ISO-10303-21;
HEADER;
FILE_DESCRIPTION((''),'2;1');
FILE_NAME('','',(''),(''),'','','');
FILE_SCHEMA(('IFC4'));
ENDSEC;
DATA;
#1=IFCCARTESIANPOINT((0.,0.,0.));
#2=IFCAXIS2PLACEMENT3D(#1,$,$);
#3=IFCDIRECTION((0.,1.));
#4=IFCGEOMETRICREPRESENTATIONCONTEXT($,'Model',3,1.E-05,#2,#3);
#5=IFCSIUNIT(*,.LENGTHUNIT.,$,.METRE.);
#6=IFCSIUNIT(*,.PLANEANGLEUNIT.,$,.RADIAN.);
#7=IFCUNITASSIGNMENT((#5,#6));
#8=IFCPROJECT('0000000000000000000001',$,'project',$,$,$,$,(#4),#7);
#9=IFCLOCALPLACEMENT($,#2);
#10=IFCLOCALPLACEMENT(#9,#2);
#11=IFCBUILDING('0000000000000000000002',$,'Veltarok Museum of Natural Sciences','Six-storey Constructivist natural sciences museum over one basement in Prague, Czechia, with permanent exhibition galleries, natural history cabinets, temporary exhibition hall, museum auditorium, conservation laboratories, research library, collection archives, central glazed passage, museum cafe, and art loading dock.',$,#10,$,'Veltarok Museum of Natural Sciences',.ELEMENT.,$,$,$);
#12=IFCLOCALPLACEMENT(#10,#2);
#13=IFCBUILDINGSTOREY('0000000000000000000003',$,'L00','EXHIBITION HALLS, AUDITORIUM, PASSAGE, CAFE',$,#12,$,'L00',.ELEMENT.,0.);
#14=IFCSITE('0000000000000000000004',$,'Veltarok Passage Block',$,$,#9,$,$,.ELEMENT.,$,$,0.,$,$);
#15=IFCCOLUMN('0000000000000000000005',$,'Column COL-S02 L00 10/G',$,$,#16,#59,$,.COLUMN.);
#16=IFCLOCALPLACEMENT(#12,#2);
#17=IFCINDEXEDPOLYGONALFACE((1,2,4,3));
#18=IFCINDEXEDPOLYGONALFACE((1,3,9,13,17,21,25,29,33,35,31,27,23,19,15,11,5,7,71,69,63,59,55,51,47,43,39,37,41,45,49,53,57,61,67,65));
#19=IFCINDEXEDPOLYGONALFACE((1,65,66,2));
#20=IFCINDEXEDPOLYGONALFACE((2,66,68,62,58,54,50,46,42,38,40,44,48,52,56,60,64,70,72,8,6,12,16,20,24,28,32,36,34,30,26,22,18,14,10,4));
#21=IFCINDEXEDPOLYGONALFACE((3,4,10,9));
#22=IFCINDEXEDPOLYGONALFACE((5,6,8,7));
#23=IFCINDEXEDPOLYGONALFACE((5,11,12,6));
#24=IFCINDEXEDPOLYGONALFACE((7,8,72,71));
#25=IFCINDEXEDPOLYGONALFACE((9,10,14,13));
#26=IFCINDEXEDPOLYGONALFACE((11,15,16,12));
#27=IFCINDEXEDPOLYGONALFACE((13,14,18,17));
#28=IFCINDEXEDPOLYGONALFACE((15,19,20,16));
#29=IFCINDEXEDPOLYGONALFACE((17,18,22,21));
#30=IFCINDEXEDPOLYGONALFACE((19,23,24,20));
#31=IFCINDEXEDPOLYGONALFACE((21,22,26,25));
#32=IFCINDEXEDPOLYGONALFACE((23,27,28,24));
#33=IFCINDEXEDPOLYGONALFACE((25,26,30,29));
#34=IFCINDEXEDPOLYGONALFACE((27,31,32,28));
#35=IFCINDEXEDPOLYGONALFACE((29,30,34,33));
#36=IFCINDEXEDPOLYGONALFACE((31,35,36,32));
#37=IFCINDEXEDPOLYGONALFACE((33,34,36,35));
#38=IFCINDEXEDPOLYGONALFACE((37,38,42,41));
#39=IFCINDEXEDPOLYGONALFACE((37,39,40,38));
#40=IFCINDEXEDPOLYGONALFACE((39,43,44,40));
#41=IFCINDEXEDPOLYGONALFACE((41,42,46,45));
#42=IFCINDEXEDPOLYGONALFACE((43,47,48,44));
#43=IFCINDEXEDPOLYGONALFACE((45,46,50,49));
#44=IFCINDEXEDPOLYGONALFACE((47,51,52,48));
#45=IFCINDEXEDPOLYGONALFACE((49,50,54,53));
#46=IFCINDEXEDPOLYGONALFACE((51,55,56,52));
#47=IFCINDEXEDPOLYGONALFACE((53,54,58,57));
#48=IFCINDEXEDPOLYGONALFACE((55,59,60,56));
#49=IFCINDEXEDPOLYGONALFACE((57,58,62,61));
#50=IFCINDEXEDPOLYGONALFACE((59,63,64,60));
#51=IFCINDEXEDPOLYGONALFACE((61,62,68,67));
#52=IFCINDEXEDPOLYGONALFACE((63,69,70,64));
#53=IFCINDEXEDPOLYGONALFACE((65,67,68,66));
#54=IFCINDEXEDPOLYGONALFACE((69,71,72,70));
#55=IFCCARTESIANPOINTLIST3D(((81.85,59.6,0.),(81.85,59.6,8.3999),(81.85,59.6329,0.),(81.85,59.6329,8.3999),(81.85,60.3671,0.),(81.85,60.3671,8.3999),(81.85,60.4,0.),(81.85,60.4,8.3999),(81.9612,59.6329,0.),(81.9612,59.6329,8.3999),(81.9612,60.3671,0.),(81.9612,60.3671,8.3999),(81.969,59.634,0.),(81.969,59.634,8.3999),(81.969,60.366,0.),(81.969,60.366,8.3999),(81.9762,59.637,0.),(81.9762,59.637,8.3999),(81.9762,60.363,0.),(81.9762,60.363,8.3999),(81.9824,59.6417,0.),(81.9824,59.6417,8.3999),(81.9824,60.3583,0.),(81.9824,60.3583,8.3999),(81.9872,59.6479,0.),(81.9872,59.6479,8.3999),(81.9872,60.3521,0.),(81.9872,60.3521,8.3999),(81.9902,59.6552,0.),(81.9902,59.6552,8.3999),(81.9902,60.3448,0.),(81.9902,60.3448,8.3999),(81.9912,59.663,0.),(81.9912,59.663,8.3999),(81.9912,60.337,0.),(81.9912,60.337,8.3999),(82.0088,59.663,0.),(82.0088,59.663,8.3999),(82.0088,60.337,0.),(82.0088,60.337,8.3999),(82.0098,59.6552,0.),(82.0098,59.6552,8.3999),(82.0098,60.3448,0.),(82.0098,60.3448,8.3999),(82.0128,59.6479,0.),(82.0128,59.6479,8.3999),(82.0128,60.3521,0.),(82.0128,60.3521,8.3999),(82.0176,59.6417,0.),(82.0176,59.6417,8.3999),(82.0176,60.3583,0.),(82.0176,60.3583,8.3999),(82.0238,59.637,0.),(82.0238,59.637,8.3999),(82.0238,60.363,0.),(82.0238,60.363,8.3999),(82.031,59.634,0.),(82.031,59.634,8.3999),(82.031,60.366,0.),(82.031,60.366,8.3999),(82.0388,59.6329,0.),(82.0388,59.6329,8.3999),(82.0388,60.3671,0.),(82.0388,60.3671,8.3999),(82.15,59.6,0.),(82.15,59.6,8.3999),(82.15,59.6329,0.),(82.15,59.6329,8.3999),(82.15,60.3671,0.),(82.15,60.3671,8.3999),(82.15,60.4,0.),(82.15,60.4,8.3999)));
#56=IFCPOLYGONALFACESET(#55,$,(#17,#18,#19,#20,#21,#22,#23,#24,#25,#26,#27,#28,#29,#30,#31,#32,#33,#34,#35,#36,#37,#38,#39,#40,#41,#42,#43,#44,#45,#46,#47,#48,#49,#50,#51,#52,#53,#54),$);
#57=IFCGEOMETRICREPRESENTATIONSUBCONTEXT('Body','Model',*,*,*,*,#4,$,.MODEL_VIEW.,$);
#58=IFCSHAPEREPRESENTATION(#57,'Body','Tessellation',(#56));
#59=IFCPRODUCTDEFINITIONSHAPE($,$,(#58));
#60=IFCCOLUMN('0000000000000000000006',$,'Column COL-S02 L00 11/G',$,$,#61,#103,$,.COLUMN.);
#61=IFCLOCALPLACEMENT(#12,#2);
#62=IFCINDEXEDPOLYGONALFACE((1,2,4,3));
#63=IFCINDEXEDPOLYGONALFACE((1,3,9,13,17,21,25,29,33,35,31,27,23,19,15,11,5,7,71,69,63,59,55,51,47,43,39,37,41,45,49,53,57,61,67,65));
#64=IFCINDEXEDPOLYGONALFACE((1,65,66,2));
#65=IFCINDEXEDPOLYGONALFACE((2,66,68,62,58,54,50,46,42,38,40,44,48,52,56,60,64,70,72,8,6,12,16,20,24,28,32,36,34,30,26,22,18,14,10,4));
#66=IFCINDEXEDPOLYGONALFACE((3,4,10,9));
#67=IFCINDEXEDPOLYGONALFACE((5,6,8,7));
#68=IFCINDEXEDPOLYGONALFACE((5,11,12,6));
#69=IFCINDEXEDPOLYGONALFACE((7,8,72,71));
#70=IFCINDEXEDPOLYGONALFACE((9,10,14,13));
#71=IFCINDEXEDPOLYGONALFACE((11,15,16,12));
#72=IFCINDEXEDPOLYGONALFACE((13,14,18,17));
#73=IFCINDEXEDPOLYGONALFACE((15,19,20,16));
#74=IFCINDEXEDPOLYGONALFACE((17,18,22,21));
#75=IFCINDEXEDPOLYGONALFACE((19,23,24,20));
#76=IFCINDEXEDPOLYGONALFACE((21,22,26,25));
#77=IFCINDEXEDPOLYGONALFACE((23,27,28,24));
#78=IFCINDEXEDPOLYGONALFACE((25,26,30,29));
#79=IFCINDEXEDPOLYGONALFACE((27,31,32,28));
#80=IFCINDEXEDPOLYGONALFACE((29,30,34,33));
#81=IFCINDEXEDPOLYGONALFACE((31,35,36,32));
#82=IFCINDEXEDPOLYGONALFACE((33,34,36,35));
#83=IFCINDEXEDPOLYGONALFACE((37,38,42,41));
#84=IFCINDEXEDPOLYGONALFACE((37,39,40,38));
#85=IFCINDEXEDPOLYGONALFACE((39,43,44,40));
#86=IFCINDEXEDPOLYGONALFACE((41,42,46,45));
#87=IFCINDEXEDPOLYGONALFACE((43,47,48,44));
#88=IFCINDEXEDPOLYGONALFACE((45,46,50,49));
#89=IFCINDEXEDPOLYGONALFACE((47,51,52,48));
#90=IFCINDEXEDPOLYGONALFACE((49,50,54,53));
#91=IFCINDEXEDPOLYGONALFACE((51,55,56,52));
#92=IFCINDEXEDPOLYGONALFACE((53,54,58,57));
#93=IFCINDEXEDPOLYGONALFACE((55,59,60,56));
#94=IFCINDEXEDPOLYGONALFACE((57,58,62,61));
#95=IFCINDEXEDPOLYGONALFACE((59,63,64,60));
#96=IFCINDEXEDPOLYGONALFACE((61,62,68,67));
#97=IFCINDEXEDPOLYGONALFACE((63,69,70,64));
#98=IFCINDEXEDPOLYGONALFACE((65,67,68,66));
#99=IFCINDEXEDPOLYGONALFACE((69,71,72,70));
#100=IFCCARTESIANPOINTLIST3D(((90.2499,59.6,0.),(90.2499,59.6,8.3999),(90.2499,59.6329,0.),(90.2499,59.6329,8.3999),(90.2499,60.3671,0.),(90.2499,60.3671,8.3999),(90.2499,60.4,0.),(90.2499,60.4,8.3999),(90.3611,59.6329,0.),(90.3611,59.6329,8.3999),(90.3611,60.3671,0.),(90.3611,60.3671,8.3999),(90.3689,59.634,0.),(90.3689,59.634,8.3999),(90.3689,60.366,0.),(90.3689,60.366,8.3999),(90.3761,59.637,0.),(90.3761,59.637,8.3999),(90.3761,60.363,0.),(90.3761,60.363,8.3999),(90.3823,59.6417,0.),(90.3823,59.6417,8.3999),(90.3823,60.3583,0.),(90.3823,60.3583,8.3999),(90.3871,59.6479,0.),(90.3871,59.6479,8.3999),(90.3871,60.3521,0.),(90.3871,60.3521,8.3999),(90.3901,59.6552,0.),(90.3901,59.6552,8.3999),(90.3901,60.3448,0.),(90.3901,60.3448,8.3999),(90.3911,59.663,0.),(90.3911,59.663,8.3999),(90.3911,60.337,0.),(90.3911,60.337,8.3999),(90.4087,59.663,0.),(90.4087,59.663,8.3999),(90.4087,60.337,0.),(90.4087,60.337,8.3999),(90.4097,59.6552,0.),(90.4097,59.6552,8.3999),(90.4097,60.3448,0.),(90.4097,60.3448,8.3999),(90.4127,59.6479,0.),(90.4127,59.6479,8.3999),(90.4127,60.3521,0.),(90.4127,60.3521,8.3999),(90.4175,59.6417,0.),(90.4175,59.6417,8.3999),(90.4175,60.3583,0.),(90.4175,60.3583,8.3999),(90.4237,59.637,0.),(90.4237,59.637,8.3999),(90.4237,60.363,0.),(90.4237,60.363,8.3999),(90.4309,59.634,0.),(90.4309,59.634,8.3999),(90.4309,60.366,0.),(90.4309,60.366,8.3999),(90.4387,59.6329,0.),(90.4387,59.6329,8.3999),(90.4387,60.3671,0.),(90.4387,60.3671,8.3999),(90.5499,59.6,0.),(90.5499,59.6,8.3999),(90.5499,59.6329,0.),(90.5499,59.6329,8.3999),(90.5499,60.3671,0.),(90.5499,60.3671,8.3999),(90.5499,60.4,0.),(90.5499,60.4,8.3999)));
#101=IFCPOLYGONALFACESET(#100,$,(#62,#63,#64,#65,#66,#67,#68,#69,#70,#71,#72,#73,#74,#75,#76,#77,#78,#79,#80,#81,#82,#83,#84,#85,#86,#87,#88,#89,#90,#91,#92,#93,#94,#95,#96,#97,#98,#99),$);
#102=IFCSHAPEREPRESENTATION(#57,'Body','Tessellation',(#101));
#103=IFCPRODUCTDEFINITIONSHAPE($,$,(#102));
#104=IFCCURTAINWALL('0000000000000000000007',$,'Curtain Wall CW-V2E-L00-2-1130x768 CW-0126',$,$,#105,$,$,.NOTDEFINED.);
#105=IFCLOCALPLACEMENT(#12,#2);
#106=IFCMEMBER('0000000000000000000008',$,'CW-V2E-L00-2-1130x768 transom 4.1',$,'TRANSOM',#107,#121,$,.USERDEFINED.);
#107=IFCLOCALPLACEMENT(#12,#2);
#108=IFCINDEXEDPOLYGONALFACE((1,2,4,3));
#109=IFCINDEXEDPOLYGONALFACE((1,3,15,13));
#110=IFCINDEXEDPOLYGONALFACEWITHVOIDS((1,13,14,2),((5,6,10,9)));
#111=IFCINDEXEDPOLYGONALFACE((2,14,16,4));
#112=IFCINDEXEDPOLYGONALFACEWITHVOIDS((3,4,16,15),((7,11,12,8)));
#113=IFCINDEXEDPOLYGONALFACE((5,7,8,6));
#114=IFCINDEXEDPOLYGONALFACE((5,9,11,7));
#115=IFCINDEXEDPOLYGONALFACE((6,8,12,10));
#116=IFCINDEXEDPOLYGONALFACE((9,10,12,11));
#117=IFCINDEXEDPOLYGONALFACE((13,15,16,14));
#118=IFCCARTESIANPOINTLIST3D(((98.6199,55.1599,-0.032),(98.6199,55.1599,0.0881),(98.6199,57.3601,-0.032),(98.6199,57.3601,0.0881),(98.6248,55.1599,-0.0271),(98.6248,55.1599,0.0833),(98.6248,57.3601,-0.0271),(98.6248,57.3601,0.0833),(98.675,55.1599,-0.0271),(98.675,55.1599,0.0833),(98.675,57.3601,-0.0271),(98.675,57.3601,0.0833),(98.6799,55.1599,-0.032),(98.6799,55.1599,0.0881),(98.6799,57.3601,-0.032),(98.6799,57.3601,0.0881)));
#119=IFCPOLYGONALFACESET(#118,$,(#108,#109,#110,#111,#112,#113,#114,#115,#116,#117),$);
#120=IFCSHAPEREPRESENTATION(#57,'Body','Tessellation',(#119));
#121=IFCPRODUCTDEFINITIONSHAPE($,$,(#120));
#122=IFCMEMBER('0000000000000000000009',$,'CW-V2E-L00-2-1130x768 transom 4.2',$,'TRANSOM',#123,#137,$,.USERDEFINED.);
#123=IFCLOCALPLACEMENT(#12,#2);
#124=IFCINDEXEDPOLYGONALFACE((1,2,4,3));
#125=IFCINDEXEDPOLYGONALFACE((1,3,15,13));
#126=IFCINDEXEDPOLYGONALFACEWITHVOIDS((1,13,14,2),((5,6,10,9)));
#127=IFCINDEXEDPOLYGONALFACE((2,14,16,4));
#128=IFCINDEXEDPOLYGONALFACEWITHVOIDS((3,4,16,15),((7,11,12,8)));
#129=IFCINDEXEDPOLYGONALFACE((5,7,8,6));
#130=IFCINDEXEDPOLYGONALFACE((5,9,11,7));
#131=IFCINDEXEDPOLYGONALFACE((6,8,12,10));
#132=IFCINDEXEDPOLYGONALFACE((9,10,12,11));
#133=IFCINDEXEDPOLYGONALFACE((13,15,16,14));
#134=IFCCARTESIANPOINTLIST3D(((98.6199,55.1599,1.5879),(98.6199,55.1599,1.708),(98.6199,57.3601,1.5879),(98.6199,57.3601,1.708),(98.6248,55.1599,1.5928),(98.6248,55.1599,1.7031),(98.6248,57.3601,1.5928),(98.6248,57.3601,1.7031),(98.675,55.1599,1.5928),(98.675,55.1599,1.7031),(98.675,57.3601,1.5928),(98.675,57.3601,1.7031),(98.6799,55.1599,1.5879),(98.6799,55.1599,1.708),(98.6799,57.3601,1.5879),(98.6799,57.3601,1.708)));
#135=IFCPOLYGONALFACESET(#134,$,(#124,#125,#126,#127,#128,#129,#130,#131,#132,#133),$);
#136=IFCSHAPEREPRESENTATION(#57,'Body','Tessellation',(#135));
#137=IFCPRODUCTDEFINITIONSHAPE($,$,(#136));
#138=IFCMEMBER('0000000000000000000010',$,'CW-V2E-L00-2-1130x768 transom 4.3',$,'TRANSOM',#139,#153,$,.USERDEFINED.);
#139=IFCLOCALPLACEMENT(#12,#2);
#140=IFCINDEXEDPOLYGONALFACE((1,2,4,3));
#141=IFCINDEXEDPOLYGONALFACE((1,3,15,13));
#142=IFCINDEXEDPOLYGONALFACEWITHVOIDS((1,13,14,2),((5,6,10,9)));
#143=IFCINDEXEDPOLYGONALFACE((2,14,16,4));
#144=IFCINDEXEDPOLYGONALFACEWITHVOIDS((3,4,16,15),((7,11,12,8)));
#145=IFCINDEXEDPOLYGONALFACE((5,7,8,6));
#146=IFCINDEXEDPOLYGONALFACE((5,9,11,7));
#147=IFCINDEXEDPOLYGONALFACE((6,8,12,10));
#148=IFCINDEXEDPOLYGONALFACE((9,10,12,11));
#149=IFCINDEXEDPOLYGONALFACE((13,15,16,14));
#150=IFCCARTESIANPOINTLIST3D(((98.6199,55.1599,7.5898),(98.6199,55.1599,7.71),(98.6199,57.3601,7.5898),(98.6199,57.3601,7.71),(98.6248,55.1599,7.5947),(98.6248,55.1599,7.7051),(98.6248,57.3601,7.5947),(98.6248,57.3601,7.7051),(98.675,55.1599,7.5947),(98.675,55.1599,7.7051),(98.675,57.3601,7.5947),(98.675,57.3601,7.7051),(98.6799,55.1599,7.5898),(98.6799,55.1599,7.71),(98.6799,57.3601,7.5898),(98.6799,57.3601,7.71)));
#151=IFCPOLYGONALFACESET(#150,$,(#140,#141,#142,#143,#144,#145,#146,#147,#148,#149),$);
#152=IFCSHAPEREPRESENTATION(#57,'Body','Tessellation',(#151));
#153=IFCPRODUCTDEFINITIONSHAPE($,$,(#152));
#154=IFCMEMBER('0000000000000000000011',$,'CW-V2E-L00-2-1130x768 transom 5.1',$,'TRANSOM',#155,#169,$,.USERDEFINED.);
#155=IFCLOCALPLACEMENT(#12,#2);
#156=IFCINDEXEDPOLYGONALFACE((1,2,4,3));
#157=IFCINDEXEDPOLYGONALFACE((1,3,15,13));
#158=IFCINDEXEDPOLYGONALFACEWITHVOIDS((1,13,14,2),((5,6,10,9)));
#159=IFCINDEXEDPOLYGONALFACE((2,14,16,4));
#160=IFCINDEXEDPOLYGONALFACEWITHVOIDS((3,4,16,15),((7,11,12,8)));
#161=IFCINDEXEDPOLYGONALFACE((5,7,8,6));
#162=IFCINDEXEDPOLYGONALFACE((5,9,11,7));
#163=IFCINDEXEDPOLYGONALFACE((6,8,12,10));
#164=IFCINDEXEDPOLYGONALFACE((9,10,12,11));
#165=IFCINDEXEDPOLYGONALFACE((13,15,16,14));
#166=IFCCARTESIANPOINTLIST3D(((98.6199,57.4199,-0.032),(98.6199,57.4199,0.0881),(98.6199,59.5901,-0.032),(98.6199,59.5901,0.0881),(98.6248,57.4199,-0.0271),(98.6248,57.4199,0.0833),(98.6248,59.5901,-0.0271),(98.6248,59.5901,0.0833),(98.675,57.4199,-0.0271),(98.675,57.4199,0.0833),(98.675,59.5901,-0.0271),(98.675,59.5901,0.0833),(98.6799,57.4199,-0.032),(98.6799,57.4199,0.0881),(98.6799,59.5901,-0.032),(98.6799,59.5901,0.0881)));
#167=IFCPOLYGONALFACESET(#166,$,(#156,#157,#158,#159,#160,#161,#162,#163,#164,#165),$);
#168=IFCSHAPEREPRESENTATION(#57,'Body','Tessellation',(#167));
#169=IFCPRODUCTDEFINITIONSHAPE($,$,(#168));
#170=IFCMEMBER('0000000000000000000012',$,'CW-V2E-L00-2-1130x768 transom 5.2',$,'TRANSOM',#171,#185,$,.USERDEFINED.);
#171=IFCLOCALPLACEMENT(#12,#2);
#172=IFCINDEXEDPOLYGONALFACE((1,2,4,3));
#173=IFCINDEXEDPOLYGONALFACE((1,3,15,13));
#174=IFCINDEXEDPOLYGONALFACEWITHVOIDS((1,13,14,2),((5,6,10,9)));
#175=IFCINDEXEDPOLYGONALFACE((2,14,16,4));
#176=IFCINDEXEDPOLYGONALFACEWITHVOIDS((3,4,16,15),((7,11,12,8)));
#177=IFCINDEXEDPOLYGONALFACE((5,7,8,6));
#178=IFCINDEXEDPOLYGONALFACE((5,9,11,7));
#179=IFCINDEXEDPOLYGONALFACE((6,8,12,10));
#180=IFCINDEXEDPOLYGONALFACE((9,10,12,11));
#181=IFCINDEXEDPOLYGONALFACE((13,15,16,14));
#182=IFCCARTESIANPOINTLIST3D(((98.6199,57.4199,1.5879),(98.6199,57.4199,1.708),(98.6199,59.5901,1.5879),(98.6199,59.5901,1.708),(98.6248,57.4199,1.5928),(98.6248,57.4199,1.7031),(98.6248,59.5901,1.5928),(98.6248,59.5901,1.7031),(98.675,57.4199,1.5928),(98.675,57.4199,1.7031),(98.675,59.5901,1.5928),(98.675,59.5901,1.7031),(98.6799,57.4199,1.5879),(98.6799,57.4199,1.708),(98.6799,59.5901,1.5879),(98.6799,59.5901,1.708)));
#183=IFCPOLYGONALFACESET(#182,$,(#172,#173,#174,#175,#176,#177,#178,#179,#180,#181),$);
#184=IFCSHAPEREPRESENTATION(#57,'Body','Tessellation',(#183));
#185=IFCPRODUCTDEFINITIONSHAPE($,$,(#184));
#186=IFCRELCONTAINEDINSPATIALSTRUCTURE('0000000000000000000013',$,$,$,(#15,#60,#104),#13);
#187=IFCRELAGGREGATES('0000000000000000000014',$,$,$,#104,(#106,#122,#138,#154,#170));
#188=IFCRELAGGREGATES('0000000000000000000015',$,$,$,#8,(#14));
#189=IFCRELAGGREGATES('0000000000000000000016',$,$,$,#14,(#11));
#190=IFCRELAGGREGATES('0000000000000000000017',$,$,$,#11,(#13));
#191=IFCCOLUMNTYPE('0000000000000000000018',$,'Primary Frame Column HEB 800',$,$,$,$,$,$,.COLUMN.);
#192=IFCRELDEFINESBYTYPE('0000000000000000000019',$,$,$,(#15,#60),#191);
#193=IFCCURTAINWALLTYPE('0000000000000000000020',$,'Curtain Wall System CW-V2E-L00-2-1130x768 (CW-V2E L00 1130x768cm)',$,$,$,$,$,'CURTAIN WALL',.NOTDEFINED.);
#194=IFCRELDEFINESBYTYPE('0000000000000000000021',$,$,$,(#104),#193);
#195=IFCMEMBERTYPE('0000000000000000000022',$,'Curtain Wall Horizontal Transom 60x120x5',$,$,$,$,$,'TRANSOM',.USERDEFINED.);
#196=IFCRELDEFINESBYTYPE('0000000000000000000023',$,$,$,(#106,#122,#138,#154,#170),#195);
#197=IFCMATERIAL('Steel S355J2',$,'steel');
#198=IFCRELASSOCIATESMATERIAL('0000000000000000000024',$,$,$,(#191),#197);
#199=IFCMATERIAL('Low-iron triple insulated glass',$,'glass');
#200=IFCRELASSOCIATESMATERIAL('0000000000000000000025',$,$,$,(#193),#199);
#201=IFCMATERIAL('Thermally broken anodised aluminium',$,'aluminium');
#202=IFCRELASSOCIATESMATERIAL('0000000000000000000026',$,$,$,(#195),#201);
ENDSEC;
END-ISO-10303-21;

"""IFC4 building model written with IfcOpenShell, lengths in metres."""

from ifc_helpers import new_model, si_unit, direction, frame, origin, origin_2d, place, context, subcontext, project, spatial, hollow_rectangle, i_section, extrude, material, material_profile, profile_set, type_object, element, aggregate, save


model = new_model("IFC4")

# Units and contexts
model_context = context("Model", 3, precision=1e-05, world=origin(), true_north=direction((0.0, 1.0)))
body_context = subcontext(model_context, "Body", "Model", "MODEL_VIEW")
ifc_project = project(units=[si_unit("LENGTHUNIT", "METRE"), si_unit("PLANEANGLEUNIT", "RADIAN")], contexts=[model_context])

# Site, building, storey
site_placement = place(None, origin())
site = spatial("IfcSite", under=ifc_project, at=site_placement, Name="Veltarok Passage Block", CompositionType="ELEMENT", RefElevation=0.0)
building_placement = place(site_placement, origin())
building = spatial("IfcBuilding", under=site, at=building_placement, Name="Veltarok Museum of Natural Sciences", Description="Six-storey Constructivist natural sciences museum over one basement in Prague, Czechia, with permanent exhibition galleries, natural history cabinets, temporary exhibition hall, museum auditorium, conservation laboratories, research library, collection archives, central glazed passage, museum cafe, and art loading dock.", LongName="Veltarok Museum of Natural Sciences", CompositionType="ELEMENT")
storey_placement = place(building_placement, origin())
storey = spatial("IfcBuildingStorey", under=building, at=storey_placement, Name="L00", Description="EXHIBITION HALLS, AUDITORIUM, PASSAGE, CAFE", LongName="L00", CompositionType="ELEMENT", Elevation=0.0)

# Columns
ifc_material_1 = material(Name="Steel S355J2", Category="steel")
ifc_material_profile_1 = material_profile(ifc_material_1, i_section(OverallWidth=0.3, OverallDepth=0.8, WebThickness=0.0176, FlangeThickness=0.033, FilletRadius=0.03, at=origin_2d()), Name="HEB 800")
ifc_profile_set_1 = profile_set([ifc_material_profile_1], Name="Steel S355J2")
column_type = type_object("IfcColumnType", Name="Primary Frame Column HEB 800", PredefinedType="COLUMN", material=ifc_profile_set_1)
for number, where, z_axis, x_axis, name in (
    (1, (82.0, 60.0, 0.0), (0.0, 0.0, 1.0), (1.0, 0.0, 0.0), "Column COL-S02 L00 10/G"),
    (2, (90.3999, 60.0, 0.0), (0.0, 0.0, 1.0), (1.0, 0.0, 0.0), "Column COL-S02 L00 11/G"),
):
    element("IfcColumn", number, at=place(storey_placement, frame(where, z_axis=z_axis, x_axis=x_axis)), inside=storey, type_object=column_type, Name=name, PredefinedType="COLUMN", context=body_context, shape_type="SweptSolid", body=[
        extrude(i_section(OverallWidth=0.3, OverallDepth=0.8, WebThickness=0.0176, FlangeThickness=0.033, FilletRadius=0.03, at=origin_2d()), origin(), (0.0, 0.0, 1.0), 8.3999),
    ])

# Curtain wall, members
ifc_material_2 = material(Name="Low-iron triple insulated glass", Category="glass")
curtain_wall_type_1 = type_object("IfcCurtainWallType", Name="Curtain Wall System CW-V2E-L00-2-1130x768 (CW-V2E L00 1130x768cm)", ElementType="CURTAIN WALL", PredefinedType="NOTDEFINED", material=ifc_material_2)
curtain_wall_1_placement = place(storey_placement, origin())
curtain_wall_1 = element("IfcCurtainWall", 3, at=curtain_wall_1_placement, inside=storey, type_object=curtain_wall_type_1, Name="Curtain Wall CW-V2E-L00-2-1130x768 CW-0126", PredefinedType="NOTDEFINED")
ifc_material_3 = material(Name="Thermally broken anodised aluminium", Category="aluminium")
ifc_material_profile_2 = material_profile(ifc_material_3, hollow_rectangle(XDim=0.0601, YDim=0.1201, WallThickness=0.0049, at=origin_2d()), Name="CW TRANSOM 60x120x5")
ifc_profile_set_2 = profile_set([ifc_material_profile_2], Name="Thermally broken anodised aluminium")
member_type_1 = type_object("IfcMemberType", Name="Curtain Wall Horizontal Transom 60x120x5", ElementType="TRANSOM", PredefinedType="USERDEFINED", material=ifc_profile_set_2)
member_1_placement = place(storey_placement, frame((98.6499, 55.1599, 0.0281), z_axis=(0.0, 1.0, 0.0), x_axis=(-1.0, 0.0, 0.0)))
member_1 = element("IfcMember", 4, at=member_1_placement, type_object=member_type_1, Name="CW-V2E-L00-2-1130x768 transom 4.1", ObjectType="TRANSOM", PredefinedType="USERDEFINED", context=body_context, shape_type="SweptSolid", body=[
    extrude(hollow_rectangle(XDim=0.0601, YDim=0.1201, WallThickness=0.0049, at=origin_2d()), origin(), (0.0, 0.0, 1.0), 2.2002),
])
member_2_placement = place(storey_placement, frame((98.6499, 55.1599, 1.6479), z_axis=(0.0, 1.0, 0.0), x_axis=(-1.0, 0.0, 0.0)))
member_2 = element("IfcMember", 5, at=member_2_placement, type_object=member_type_1, Name="CW-V2E-L00-2-1130x768 transom 4.2", ObjectType="TRANSOM", PredefinedType="USERDEFINED", context=body_context, shape_type="SweptSolid", body=[
    extrude(hollow_rectangle(XDim=0.0601, YDim=0.1201, WallThickness=0.0049, at=origin_2d()), origin(), (0.0, 0.0, 1.0), 2.2002),
])
member_3_placement = place(storey_placement, frame((98.6499, 55.1599, 7.6499), z_axis=(0.0, 1.0, 0.0), x_axis=(-1.0, 0.0, 0.0)))
member_3 = element("IfcMember", 6, at=member_3_placement, type_object=member_type_1, Name="CW-V2E-L00-2-1130x768 transom 4.3", ObjectType="TRANSOM", PredefinedType="USERDEFINED", context=body_context, shape_type="SweptSolid", body=[
    extrude(hollow_rectangle(XDim=0.0601, YDim=0.1201, WallThickness=0.0049, at=origin_2d()), origin(), (0.0, 0.0, 1.0), 2.2002),
])
member_4_placement = place(storey_placement, frame((98.6499, 57.4199, 0.0281), z_axis=(0.0, 1.0, 0.0), x_axis=(-1.0, 0.0, 0.0)))
member_4 = element("IfcMember", 7, at=member_4_placement, type_object=member_type_1, Name="CW-V2E-L00-2-1130x768 transom 5.1", ObjectType="TRANSOM", PredefinedType="USERDEFINED", context=body_context, shape_type="SweptSolid", body=[
    extrude(hollow_rectangle(XDim=0.0601, YDim=0.1201, WallThickness=0.0049, at=origin_2d()), origin(), (0.0, 0.0, 1.0), 2.1702),
])
member_5_placement = place(storey_placement, frame((98.6499, 57.4199, 1.6479), z_axis=(0.0, 1.0, 0.0), x_axis=(-1.0, 0.0, 0.0)))
member_5 = element("IfcMember", 8, at=member_5_placement, type_object=member_type_1, Name="CW-V2E-L00-2-1130x768 transom 5.2", ObjectType="TRANSOM", PredefinedType="USERDEFINED", context=body_context, shape_type="SweptSolid", body=[
    extrude(hollow_rectangle(XDim=0.0601, YDim=0.1201, WallThickness=0.0049, at=origin_2d()), origin(), (0.0, 0.0, 1.0), 2.1702),
])

aggregate(curtain_wall_1, [member_1, member_2, member_3, member_4, member_5])

save(model, "model.ifc")
